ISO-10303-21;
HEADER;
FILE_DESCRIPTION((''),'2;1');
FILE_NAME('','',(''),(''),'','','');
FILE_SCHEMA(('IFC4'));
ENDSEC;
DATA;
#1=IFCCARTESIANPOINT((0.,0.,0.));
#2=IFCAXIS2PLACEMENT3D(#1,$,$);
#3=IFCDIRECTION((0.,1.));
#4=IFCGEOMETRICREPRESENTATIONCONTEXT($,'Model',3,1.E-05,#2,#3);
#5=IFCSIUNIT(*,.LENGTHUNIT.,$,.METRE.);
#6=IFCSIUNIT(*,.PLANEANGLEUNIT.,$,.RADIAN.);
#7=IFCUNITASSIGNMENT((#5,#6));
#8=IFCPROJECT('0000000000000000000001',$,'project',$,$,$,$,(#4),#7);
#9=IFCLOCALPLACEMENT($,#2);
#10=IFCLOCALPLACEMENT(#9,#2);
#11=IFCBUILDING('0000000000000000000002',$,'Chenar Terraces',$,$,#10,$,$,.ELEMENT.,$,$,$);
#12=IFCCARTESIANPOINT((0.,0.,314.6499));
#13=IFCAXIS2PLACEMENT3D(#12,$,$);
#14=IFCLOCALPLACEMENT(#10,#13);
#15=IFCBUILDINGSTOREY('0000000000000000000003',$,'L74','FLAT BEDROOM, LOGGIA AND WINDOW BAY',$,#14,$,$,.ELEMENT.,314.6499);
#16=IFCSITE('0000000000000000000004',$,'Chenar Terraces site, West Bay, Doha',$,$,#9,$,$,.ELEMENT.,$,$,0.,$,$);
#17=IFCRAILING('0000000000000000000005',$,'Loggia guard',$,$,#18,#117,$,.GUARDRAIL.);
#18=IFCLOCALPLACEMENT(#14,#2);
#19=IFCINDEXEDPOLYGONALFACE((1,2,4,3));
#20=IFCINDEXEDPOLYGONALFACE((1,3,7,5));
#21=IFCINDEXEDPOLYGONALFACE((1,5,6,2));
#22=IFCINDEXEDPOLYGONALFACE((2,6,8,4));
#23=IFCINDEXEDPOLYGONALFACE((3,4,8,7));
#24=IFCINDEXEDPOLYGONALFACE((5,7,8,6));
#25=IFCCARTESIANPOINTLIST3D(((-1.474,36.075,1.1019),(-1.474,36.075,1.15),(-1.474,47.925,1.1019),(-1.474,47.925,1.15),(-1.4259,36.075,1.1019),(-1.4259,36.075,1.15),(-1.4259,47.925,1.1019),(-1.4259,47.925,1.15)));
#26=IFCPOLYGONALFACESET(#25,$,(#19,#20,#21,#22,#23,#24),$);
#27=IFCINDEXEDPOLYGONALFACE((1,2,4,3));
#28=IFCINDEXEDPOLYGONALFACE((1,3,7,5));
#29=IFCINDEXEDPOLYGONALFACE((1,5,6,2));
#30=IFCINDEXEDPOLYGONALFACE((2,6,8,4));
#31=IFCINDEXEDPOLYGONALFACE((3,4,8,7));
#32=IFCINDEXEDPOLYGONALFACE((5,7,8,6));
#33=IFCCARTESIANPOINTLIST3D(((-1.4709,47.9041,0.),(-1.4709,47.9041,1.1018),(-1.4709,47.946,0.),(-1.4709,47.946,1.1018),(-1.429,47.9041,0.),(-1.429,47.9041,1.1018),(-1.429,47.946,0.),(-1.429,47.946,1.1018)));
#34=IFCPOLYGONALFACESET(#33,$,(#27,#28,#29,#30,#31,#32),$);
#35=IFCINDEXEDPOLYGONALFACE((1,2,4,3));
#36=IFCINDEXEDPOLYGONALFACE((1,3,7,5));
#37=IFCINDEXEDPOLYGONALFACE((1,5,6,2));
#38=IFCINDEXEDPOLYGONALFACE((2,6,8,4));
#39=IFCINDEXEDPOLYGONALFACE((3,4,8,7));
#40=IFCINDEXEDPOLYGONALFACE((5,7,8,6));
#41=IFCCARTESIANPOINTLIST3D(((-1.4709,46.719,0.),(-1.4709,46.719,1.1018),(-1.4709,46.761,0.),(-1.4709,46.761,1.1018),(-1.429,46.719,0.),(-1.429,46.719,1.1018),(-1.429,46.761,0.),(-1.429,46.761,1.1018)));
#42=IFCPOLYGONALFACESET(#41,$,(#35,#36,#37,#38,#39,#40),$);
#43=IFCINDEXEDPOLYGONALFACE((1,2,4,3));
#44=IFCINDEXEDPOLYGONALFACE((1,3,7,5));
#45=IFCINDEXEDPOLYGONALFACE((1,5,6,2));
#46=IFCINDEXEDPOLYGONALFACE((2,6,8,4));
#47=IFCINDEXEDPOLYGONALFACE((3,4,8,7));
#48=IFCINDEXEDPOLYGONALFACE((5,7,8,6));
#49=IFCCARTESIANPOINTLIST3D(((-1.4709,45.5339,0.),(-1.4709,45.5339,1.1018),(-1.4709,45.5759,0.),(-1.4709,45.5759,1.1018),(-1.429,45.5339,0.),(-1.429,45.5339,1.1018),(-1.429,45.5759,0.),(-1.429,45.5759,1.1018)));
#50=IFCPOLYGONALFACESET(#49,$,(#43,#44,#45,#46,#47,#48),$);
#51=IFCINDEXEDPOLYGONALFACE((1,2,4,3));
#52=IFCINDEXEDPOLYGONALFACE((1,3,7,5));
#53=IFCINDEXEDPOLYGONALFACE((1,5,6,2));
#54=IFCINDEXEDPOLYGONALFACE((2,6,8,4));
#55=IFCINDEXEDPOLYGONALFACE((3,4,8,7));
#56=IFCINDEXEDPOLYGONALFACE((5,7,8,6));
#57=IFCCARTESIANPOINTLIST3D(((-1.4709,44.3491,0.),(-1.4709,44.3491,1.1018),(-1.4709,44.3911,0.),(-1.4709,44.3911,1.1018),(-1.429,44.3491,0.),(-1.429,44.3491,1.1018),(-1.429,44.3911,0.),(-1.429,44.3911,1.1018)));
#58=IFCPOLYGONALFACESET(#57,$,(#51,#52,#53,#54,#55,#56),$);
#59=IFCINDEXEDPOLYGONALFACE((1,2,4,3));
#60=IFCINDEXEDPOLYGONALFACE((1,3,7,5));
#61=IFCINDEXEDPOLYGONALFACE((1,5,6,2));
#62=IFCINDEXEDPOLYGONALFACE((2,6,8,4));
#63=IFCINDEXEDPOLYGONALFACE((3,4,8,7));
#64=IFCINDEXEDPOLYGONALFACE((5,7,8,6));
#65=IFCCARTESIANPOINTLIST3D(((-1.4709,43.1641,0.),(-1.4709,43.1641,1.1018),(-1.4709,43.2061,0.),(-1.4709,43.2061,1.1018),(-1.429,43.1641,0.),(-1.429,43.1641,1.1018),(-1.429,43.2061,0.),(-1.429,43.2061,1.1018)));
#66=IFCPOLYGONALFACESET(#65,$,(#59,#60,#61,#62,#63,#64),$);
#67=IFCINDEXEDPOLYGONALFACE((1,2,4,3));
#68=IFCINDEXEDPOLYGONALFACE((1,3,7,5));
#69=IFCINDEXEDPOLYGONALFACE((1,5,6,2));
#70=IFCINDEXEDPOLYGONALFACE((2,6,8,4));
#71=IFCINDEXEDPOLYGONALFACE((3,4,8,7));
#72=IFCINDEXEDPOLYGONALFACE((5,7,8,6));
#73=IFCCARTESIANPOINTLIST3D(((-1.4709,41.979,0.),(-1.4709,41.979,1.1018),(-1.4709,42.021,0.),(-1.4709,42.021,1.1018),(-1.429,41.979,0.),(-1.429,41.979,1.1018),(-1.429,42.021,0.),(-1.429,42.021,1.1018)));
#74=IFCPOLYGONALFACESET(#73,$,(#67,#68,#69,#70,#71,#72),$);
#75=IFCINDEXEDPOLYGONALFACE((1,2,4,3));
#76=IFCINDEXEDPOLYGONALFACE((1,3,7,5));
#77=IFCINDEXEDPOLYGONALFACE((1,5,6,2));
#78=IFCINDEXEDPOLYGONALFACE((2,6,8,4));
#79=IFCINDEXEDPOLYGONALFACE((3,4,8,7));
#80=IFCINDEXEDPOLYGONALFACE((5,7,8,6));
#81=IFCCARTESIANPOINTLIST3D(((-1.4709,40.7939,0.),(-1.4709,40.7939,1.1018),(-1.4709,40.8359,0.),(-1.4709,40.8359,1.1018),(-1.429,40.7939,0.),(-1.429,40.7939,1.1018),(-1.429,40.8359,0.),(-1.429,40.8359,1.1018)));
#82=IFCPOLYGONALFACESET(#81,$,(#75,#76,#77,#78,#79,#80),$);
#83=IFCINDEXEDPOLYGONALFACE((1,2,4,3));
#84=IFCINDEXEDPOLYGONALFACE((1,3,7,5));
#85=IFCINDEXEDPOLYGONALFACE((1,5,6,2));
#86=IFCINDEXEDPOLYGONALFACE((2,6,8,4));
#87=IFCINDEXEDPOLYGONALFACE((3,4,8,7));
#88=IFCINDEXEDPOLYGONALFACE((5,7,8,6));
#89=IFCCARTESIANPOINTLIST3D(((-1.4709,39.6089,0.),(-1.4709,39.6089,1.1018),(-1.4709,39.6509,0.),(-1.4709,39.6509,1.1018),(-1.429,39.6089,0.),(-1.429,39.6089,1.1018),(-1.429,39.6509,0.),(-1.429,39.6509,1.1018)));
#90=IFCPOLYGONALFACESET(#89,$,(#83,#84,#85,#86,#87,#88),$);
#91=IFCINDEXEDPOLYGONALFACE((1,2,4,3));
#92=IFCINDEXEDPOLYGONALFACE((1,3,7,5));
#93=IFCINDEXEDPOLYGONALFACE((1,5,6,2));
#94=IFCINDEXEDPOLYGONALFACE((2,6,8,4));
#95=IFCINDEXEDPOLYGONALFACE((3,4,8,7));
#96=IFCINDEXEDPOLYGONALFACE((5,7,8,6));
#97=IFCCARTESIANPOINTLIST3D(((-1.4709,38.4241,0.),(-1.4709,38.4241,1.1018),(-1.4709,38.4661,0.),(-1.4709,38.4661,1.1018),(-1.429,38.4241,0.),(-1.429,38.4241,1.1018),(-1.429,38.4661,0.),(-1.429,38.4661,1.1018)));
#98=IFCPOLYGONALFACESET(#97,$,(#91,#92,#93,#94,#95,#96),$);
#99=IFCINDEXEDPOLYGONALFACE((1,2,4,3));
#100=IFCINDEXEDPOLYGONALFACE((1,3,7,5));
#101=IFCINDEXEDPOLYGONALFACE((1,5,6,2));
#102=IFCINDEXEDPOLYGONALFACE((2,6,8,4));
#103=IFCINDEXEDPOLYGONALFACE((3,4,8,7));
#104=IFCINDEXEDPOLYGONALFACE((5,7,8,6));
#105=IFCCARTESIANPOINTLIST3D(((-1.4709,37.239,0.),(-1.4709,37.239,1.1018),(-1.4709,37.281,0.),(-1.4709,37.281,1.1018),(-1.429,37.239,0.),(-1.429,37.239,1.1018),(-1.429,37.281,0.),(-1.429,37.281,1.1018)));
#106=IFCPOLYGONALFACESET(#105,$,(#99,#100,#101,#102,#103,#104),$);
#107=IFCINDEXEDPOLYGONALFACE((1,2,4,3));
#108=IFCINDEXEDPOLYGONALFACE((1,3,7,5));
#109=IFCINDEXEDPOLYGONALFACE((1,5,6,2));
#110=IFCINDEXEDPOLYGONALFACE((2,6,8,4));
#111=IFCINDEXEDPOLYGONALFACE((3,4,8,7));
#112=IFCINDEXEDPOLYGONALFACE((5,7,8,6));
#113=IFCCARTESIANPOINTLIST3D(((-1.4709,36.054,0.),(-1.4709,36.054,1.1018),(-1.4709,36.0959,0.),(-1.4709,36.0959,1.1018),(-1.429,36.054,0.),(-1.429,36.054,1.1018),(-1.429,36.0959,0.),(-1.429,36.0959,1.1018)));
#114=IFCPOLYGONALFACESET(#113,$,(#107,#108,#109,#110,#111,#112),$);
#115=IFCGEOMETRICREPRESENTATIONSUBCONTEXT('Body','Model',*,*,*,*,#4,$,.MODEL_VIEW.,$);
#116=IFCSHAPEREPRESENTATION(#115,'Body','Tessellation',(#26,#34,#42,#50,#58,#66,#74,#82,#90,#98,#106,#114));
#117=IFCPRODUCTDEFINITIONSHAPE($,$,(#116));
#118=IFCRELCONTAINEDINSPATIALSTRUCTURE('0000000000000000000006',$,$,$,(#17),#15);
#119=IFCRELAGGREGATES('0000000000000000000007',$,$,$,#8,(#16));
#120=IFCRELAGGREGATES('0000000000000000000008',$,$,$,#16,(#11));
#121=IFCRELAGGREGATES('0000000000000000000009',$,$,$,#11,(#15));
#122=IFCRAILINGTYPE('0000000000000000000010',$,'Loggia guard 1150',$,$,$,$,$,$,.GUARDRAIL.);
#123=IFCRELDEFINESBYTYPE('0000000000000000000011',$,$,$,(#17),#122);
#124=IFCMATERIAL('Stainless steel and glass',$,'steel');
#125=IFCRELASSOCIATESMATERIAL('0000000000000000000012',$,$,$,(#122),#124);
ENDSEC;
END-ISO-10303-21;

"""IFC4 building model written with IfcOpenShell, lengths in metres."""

from ifc_helpers import new_model, si_unit, direction, frame, origin, origin_2d, place, context, subcontext, project, spatial, rectangle, extrude, material, type_object, element, save


model = new_model("IFC4")

# Units and contexts
model_context = context("Model", 3, precision=1e-05, world=origin(), true_north=direction((0.0, 1.0)))
body_context = subcontext(model_context, "Body", "Model", "MODEL_VIEW")
ifc_project = project(units=[si_unit("LENGTHUNIT", "METRE"), si_unit("PLANEANGLEUNIT", "RADIAN")], contexts=[model_context])

# Site, building, storey
site_placement = place(None, origin())
site = spatial("IfcSite", under=ifc_project, at=site_placement, Name="Chenar Terraces site, West Bay, Doha", CompositionType="ELEMENT", RefElevation=0.0)
building_placement = place(site_placement, origin())
building = spatial("IfcBuilding", under=site, at=building_placement, Name="Chenar Terraces", CompositionType="ELEMENT")
storey_placement = place(building_placement, frame((0.0, 0.0, 314.6499)))
storey = spatial("IfcBuildingStorey", under=building, at=storey_placement, Name="L74", Description="FLAT BEDROOM, LOGGIA AND WINDOW BAY", CompositionType="ELEMENT", Elevation=314.6499)

# Railing
ifc_material_1 = material(Name="Stainless steel and glass", Category="steel")
railing_type = type_object("IfcRailingType", Name="Loggia guard 1150", PredefinedType="GUARDRAIL", material=ifc_material_1)
railing_placement = place(storey_placement, frame((-1.45, 47.925, 0.0)))
element("IfcRailing", 1, at=railing_placement, inside=storey, type_object=railing_type, Name="Loggia guard", PredefinedType="GUARDRAIL", context=body_context, shape_type="SweptSolid", body=[
    extrude(rectangle(XDim=0.0481, YDim=0.0481, at=origin_2d()), frame((0.0, 0.0, 1.126), z_axis=(0.0, -1.0, 0.0), x_axis=(1.0, 0.0, 0.0)), (0.0, 0.0, 1.0), 11.8501),
    extrude(rectangle(XDim=0.042, YDim=0.042, at=origin_2d()), origin(), (0.0, 0.0, 1.0), 1.1018),
    extrude(rectangle(XDim=0.042, YDim=0.042, at=origin_2d()), frame((0.0, -1.1851, 0.0)), (0.0, 0.0, 1.0), 1.1018),
    extrude(rectangle(XDim=0.042, YDim=0.042, at=origin_2d()), frame((0.0, -2.3701, 0.0)), (0.0, 0.0, 1.0), 1.1018),
    extrude(rectangle(XDim=0.042, YDim=0.042, at=origin_2d()), frame((0.0, -3.5549, 0.0)), (0.0, 0.0, 1.0), 1.1018),
    extrude(rectangle(XDim=0.042, YDim=0.042, at=origin_2d()), frame((0.0, -4.74, 0.0)), (0.0, 0.0, 1.0), 1.1018),
    extrude(rectangle(XDim=0.042, YDim=0.042, at=origin_2d()), frame((0.0, -5.925, 0.0)), (0.0, 0.0, 1.0), 1.1018),
    extrude(rectangle(XDim=0.042, YDim=0.042, at=origin_2d()), frame((0.0, -7.1101, 0.0)), (0.0, 0.0, 1.0), 1.1018),
    extrude(rectangle(XDim=0.042, YDim=0.042, at=origin_2d()), frame((0.0, -8.2952, 0.0)), (0.0, 0.0, 1.0), 1.1018),
    extrude(rectangle(XDim=0.042, YDim=0.042, at=origin_2d()), frame((0.0, -9.48, 0.0)), (0.0, 0.0, 1.0), 1.1018),
    extrude(rectangle(XDim=0.042, YDim=0.042, at=origin_2d()), frame((0.0, -10.665, 0.0)), (0.0, 0.0, 1.0), 1.1018),
    extrude(rectangle(XDim=0.042, YDim=0.042, at=origin_2d()), frame((0.0, -11.8501, 0.0)), (0.0, 0.0, 1.0), 1.1018),
])

save(model, "model.ifc")
